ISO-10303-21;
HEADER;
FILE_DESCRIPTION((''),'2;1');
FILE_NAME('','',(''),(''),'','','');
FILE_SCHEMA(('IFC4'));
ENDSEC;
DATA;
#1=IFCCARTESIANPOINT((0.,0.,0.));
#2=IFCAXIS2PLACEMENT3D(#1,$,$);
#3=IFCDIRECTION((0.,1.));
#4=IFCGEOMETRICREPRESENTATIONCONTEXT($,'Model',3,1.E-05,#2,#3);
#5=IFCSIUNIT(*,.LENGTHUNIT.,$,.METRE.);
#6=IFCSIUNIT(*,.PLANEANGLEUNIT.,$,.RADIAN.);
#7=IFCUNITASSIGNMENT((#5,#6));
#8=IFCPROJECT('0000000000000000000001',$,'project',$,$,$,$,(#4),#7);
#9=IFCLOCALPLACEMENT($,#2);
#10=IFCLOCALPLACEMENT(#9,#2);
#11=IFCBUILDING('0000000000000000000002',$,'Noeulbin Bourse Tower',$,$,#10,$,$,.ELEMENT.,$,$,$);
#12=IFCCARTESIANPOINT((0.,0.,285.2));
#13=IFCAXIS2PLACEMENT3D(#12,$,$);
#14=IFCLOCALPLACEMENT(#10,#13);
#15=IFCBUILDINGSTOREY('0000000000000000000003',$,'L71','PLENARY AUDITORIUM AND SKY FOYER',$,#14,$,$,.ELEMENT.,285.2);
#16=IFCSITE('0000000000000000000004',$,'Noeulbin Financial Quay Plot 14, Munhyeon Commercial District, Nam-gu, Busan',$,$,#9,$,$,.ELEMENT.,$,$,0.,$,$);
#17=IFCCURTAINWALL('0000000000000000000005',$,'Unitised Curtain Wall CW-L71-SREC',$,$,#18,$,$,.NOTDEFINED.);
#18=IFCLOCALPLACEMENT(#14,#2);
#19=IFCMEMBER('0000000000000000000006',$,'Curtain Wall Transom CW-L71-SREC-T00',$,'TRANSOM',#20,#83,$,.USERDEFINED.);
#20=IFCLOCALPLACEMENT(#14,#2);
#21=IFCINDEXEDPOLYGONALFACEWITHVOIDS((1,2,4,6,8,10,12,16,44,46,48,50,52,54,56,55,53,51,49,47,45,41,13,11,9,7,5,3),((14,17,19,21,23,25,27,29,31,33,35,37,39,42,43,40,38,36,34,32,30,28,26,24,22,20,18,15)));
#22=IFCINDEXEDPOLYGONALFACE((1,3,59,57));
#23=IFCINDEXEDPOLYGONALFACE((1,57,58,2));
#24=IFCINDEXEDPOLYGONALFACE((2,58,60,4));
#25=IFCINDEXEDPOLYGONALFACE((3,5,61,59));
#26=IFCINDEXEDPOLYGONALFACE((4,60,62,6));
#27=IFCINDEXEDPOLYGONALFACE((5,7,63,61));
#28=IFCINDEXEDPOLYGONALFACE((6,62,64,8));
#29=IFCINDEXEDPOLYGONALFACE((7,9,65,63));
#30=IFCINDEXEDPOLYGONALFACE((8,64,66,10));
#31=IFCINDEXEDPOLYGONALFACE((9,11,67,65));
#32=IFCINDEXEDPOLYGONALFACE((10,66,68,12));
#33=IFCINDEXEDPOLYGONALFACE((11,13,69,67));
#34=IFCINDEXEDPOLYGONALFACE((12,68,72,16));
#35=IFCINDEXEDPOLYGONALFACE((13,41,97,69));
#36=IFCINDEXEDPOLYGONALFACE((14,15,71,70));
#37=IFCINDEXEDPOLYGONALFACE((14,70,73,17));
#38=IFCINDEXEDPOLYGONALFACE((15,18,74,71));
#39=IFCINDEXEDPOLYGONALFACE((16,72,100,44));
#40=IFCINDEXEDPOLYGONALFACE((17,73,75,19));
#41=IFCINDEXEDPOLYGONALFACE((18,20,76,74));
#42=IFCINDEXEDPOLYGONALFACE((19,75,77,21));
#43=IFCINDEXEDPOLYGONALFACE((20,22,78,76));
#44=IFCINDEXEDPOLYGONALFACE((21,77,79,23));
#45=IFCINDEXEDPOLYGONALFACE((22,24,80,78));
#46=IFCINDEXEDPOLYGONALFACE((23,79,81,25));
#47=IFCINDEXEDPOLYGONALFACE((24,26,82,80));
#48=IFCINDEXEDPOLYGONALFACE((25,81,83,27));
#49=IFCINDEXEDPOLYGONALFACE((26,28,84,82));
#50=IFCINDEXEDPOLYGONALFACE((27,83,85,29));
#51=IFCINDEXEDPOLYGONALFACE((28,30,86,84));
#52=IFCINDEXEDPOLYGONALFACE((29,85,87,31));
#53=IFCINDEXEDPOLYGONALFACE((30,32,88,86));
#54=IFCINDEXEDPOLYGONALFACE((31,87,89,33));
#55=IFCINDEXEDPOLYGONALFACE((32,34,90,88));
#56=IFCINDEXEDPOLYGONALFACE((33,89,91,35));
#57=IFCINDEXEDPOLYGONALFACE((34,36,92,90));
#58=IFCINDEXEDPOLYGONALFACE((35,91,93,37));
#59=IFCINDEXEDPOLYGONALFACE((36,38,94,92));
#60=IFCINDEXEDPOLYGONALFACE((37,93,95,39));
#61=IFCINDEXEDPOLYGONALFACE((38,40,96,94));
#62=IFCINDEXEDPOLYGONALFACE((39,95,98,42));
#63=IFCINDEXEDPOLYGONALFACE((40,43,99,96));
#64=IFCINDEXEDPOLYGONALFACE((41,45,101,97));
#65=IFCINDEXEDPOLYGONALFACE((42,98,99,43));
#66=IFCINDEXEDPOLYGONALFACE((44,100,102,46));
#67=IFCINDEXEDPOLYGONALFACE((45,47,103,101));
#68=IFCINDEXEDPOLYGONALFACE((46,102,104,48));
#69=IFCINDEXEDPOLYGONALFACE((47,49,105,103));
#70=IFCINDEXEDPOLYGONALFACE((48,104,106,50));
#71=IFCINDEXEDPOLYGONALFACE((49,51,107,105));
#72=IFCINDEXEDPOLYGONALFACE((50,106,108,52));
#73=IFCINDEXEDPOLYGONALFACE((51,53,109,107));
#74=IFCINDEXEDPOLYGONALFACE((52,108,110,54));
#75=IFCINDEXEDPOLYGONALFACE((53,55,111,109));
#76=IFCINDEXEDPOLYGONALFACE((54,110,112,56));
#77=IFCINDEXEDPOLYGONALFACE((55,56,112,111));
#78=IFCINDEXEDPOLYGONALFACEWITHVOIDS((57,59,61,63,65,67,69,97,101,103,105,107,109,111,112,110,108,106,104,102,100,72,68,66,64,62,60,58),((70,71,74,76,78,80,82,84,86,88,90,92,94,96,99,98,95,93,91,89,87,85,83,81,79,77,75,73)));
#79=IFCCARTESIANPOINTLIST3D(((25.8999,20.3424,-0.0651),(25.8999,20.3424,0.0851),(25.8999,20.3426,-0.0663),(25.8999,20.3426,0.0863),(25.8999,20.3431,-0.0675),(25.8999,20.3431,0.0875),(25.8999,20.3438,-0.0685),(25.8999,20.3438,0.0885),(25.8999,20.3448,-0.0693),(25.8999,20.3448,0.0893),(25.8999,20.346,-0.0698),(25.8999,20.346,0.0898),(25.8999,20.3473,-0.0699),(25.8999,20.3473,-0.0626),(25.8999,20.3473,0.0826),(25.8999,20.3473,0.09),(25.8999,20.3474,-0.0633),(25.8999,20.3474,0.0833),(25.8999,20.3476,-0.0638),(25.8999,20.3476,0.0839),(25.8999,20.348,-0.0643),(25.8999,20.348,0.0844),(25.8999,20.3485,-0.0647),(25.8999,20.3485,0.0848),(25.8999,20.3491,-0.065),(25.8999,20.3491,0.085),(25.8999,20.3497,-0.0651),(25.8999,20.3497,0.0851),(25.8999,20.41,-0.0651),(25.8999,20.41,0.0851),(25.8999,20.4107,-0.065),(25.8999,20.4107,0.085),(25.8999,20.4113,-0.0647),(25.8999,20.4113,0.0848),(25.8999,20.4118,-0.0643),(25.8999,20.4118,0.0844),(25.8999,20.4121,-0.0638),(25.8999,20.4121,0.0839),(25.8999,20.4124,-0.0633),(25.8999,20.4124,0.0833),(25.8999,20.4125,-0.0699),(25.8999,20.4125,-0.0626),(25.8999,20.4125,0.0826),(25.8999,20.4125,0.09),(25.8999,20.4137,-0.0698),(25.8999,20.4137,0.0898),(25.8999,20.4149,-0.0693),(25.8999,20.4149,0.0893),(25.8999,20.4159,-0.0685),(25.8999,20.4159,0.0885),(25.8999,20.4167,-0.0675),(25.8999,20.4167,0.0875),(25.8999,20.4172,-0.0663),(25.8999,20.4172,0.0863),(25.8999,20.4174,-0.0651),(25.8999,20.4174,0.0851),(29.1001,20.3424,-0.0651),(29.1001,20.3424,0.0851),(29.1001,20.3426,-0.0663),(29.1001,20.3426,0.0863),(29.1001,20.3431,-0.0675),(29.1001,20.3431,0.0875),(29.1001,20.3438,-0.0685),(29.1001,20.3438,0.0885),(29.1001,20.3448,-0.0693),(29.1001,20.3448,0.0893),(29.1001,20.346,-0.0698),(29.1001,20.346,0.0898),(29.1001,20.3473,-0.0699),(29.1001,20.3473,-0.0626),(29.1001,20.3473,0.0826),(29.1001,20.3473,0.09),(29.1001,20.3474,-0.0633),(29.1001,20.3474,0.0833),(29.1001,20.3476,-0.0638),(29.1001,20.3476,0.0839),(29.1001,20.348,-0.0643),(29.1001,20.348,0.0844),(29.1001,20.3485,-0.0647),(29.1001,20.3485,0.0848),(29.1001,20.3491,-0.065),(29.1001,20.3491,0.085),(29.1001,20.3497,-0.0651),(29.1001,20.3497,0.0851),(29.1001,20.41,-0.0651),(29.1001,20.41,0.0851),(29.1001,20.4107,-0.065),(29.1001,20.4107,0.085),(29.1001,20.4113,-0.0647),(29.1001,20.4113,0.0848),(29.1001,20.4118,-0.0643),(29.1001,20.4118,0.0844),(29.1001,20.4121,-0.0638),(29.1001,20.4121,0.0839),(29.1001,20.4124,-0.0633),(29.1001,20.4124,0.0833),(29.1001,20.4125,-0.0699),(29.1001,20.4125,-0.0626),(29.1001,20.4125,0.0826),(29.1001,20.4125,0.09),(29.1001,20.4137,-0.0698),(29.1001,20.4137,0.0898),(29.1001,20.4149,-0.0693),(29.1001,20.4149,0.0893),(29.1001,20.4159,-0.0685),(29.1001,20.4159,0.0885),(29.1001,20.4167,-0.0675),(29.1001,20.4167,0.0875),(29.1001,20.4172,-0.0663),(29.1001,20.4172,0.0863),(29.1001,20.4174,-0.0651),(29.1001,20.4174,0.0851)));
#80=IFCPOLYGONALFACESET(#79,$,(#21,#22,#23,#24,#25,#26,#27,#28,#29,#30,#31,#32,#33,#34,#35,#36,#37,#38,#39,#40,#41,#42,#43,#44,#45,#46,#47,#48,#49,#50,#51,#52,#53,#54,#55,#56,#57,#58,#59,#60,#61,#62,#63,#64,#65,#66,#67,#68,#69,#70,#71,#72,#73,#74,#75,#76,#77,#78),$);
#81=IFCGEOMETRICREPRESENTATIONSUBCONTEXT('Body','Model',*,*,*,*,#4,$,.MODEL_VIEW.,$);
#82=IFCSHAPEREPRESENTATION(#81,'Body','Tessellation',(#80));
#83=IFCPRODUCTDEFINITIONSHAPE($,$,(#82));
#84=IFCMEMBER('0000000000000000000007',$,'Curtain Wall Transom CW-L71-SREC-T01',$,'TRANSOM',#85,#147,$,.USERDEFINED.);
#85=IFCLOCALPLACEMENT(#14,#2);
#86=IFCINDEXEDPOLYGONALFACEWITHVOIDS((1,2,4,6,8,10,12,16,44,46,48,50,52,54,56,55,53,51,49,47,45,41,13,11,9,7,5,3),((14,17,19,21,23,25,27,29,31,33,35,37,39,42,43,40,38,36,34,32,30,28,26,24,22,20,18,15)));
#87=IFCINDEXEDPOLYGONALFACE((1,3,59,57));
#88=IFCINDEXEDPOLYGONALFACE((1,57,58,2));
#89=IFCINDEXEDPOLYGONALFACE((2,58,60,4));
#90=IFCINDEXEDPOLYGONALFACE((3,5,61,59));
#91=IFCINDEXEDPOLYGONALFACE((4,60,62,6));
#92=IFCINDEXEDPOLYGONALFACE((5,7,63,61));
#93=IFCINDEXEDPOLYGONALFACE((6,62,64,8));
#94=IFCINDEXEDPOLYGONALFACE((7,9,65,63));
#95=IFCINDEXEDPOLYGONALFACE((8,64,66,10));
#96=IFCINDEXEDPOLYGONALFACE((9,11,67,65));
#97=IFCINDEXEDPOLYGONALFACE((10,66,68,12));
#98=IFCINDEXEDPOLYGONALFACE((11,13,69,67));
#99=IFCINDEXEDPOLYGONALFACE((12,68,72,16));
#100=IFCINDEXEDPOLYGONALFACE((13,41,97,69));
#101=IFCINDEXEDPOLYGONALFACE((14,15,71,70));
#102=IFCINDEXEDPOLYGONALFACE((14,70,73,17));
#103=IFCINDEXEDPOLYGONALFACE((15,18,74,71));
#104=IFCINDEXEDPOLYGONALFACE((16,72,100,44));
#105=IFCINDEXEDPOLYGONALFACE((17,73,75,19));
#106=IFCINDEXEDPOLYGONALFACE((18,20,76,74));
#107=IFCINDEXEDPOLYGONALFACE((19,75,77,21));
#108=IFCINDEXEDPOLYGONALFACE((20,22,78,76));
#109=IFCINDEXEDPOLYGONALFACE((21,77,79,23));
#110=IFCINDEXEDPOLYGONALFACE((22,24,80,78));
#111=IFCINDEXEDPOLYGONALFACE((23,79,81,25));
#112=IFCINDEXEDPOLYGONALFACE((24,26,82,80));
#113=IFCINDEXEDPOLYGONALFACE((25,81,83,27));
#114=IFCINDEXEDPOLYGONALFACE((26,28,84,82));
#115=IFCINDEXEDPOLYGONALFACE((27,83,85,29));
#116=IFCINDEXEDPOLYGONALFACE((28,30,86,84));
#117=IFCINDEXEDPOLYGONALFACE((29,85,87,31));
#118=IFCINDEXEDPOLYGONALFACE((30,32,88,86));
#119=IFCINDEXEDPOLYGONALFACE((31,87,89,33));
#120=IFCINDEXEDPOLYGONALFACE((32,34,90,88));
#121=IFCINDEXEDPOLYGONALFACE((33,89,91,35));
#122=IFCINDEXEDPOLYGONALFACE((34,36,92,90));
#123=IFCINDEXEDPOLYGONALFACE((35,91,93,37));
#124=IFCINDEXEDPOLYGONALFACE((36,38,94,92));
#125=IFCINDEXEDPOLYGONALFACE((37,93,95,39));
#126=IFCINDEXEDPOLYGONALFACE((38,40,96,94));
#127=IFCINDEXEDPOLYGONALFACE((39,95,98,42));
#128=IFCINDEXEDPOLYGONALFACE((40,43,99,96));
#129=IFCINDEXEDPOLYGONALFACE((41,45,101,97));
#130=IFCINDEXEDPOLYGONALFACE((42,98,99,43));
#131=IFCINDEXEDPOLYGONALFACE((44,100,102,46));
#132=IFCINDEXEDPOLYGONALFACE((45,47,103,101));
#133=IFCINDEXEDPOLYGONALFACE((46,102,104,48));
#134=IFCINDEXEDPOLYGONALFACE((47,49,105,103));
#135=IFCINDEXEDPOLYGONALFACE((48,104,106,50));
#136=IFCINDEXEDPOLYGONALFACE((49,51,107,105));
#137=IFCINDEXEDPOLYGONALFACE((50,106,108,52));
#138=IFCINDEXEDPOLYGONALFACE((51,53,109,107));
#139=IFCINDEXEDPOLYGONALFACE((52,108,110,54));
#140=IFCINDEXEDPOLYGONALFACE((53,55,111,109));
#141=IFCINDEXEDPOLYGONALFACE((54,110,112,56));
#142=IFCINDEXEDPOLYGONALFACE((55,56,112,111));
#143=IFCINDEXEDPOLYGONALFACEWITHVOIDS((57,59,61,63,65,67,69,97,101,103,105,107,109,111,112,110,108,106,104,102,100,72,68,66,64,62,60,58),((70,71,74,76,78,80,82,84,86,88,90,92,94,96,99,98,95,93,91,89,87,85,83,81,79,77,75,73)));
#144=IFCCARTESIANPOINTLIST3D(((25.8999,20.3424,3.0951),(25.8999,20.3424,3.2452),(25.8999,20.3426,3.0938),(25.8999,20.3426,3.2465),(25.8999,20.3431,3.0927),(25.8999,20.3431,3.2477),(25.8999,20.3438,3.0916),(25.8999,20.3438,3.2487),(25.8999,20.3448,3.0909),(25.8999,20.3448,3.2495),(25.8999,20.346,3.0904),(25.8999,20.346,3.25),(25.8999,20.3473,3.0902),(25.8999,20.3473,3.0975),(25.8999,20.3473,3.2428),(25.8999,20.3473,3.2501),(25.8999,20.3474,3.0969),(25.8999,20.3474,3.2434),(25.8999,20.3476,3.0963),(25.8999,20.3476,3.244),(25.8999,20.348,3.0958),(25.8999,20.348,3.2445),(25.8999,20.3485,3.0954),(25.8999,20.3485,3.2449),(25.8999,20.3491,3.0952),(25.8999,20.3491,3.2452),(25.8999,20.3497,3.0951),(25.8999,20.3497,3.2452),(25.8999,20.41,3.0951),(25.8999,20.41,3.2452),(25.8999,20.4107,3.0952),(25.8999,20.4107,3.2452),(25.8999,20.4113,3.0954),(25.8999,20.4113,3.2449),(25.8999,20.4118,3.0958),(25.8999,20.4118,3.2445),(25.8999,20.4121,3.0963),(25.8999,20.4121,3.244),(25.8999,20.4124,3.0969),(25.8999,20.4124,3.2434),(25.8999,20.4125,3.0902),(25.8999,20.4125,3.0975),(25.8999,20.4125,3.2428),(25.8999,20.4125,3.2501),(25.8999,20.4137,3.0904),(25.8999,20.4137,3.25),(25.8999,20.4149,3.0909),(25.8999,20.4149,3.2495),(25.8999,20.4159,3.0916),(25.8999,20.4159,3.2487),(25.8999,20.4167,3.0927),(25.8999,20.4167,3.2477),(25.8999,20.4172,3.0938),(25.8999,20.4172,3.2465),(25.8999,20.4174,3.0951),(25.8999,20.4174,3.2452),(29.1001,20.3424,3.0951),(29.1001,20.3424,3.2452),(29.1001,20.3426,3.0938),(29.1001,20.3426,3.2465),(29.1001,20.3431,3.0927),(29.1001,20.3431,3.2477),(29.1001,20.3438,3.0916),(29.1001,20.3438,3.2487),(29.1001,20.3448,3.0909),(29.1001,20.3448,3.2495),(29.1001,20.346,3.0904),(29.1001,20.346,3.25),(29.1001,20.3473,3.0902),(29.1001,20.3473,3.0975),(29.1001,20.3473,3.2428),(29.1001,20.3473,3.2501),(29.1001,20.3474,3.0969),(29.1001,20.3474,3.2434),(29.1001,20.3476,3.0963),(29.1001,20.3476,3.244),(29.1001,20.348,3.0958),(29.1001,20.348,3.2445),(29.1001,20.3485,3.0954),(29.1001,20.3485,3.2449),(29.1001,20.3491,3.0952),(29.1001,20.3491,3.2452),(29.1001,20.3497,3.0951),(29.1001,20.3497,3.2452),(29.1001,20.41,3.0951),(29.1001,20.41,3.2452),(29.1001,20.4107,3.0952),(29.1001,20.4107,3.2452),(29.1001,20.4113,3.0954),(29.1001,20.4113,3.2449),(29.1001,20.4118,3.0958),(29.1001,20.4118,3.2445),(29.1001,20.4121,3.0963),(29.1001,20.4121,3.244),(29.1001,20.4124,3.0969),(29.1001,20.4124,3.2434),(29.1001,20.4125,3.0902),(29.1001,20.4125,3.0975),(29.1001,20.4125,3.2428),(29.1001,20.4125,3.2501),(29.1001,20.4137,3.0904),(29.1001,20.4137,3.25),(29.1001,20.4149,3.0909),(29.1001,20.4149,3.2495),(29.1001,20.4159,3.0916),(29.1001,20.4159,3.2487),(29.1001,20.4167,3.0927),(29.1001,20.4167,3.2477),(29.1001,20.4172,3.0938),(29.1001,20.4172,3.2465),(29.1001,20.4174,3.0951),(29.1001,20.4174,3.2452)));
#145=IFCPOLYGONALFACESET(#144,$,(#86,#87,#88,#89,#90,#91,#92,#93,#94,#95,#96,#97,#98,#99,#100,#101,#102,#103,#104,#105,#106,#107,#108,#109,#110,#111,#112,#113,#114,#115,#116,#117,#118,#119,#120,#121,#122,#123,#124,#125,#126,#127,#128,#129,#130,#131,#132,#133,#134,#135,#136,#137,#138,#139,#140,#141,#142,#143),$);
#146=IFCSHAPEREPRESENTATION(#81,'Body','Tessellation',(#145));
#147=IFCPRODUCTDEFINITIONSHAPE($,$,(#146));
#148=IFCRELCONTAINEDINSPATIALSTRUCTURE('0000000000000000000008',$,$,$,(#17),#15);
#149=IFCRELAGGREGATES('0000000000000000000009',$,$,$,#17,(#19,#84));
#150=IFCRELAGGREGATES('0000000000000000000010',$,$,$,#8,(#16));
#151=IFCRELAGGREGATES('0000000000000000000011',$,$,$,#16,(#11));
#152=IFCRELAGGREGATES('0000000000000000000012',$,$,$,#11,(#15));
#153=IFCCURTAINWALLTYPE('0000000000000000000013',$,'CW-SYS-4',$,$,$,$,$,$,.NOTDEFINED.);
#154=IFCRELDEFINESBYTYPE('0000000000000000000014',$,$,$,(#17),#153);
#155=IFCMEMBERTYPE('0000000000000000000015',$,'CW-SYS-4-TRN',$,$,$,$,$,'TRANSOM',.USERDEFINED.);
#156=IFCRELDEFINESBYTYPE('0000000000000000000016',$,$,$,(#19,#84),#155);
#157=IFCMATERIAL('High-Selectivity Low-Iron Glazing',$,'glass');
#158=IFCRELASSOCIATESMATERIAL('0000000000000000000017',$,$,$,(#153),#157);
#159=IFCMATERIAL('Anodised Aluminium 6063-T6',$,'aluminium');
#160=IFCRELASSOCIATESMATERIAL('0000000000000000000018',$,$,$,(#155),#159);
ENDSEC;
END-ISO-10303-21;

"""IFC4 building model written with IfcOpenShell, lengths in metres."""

from ifc_helpers import new_model, si_unit, direction, frame, origin, origin_2d, place, context, subcontext, project, spatial, hollow_rectangle, extrude, material, material_profile, profile_set, type_object, element, aggregate, save


model = new_model("IFC4")

# Units and contexts
model_context = context("Model", 3, precision=1e-05, world=origin(), true_north=direction((0.0, 1.0)))
body_context = subcontext(model_context, "Body", "Model", "MODEL_VIEW")
ifc_project = project(units=[si_unit("LENGTHUNIT", "METRE"), si_unit("PLANEANGLEUNIT", "RADIAN")], contexts=[model_context])

# Site, building, storey
site_placement = place(None, origin())
site = spatial("IfcSite", under=ifc_project, at=site_placement, Name="Noeulbin Financial Quay Plot 14, Munhyeon Commercial District, Nam-gu, Busan", CompositionType="ELEMENT", RefElevation=0.0)
building_placement = place(site_placement, origin())
building = spatial("IfcBuilding", under=site, at=building_placement, Name="Noeulbin Bourse Tower", CompositionType="ELEMENT")
storey_placement = place(building_placement, frame((0.0, 0.0, 285.2)))
storey = spatial("IfcBuildingStorey", under=building, at=storey_placement, Name="L71", Description="PLENARY AUDITORIUM AND SKY FOYER", CompositionType="ELEMENT", Elevation=285.2)

# Curtain wall
ifc_material_1 = material(Name="High-Selectivity Low-Iron Glazing", Category="glass")
curtain_wall_type = type_object("IfcCurtainWallType", Name="CW-SYS-4", PredefinedType="NOTDEFINED", material=ifc_material_1)
curtain_wall_1_placement = place(storey_placement, origin())
curtain_wall_1 = element("IfcCurtainWall", 1, at=curtain_wall_1_placement, inside=storey, type_object=curtain_wall_type, Name="Unitised Curtain Wall CW-L71-SREC", PredefinedType="NOTDEFINED")
ifc_material_2 = material(Name="Anodised Aluminium 6063-T6", Category="aluminium")

# Members
ifc_material_profile_1 = material_profile(ifc_material_2, hollow_rectangle(XDim=0.075, YDim=0.1599, WallThickness=0.0049, InnerFilletRadius=0.0024, OuterFilletRadius=0.0049, at=origin_2d()), Name="ALU-TRAN-75x160x5", Category="LoadBearing")
ifc_profile_set_1 = profile_set([ifc_material_profile_1], Name="Anodised Aluminium 6063-T6")
member_type_1 = type_object("IfcMemberType", Name="CW-SYS-4-TRN", ElementType="TRANSOM", PredefinedType="USERDEFINED", material=ifc_profile_set_1)
member_1_placement = place(storey_placement, frame((25.8999, 20.3799, 0.01), z_axis=(1.0, 0.0, 0.0), x_axis=(0.0, 1.0, 0.0)))
member_1 = element("IfcMember", 2, at=member_1_placement, type_object=member_type_1, Name="Curtain Wall Transom CW-L71-SREC-T00", ObjectType="TRANSOM", PredefinedType="USERDEFINED", context=body_context, shape_type="SweptSolid", body=[
    extrude(hollow_rectangle(XDim=0.075, YDim=0.1599, WallThickness=0.0049, InnerFilletRadius=0.0024, OuterFilletRadius=0.0049, at=origin_2d()), origin(), (0.0, 0.0, 1.0), 3.2002),
])
member_2_placement = place(storey_placement, frame((25.8999, 20.3799, 3.1702), z_axis=(1.0, 0.0, 0.0), x_axis=(0.0, 1.0, 0.0)))
member_2 = element("IfcMember", 3, at=member_2_placement, type_object=member_type_1, Name="Curtain Wall Transom CW-L71-SREC-T01", ObjectType="TRANSOM", PredefinedType="USERDEFINED", context=body_context, shape_type="SweptSolid", body=[
    extrude(hollow_rectangle(XDim=0.075, YDim=0.1599, WallThickness=0.0049, InnerFilletRadius=0.0024, OuterFilletRadius=0.0049, at=origin_2d()), origin(), (0.0, 0.0, 1.0), 3.2002),
])

aggregate(curtain_wall_1, [member_1, member_2])

save(model, "model.ifc")
